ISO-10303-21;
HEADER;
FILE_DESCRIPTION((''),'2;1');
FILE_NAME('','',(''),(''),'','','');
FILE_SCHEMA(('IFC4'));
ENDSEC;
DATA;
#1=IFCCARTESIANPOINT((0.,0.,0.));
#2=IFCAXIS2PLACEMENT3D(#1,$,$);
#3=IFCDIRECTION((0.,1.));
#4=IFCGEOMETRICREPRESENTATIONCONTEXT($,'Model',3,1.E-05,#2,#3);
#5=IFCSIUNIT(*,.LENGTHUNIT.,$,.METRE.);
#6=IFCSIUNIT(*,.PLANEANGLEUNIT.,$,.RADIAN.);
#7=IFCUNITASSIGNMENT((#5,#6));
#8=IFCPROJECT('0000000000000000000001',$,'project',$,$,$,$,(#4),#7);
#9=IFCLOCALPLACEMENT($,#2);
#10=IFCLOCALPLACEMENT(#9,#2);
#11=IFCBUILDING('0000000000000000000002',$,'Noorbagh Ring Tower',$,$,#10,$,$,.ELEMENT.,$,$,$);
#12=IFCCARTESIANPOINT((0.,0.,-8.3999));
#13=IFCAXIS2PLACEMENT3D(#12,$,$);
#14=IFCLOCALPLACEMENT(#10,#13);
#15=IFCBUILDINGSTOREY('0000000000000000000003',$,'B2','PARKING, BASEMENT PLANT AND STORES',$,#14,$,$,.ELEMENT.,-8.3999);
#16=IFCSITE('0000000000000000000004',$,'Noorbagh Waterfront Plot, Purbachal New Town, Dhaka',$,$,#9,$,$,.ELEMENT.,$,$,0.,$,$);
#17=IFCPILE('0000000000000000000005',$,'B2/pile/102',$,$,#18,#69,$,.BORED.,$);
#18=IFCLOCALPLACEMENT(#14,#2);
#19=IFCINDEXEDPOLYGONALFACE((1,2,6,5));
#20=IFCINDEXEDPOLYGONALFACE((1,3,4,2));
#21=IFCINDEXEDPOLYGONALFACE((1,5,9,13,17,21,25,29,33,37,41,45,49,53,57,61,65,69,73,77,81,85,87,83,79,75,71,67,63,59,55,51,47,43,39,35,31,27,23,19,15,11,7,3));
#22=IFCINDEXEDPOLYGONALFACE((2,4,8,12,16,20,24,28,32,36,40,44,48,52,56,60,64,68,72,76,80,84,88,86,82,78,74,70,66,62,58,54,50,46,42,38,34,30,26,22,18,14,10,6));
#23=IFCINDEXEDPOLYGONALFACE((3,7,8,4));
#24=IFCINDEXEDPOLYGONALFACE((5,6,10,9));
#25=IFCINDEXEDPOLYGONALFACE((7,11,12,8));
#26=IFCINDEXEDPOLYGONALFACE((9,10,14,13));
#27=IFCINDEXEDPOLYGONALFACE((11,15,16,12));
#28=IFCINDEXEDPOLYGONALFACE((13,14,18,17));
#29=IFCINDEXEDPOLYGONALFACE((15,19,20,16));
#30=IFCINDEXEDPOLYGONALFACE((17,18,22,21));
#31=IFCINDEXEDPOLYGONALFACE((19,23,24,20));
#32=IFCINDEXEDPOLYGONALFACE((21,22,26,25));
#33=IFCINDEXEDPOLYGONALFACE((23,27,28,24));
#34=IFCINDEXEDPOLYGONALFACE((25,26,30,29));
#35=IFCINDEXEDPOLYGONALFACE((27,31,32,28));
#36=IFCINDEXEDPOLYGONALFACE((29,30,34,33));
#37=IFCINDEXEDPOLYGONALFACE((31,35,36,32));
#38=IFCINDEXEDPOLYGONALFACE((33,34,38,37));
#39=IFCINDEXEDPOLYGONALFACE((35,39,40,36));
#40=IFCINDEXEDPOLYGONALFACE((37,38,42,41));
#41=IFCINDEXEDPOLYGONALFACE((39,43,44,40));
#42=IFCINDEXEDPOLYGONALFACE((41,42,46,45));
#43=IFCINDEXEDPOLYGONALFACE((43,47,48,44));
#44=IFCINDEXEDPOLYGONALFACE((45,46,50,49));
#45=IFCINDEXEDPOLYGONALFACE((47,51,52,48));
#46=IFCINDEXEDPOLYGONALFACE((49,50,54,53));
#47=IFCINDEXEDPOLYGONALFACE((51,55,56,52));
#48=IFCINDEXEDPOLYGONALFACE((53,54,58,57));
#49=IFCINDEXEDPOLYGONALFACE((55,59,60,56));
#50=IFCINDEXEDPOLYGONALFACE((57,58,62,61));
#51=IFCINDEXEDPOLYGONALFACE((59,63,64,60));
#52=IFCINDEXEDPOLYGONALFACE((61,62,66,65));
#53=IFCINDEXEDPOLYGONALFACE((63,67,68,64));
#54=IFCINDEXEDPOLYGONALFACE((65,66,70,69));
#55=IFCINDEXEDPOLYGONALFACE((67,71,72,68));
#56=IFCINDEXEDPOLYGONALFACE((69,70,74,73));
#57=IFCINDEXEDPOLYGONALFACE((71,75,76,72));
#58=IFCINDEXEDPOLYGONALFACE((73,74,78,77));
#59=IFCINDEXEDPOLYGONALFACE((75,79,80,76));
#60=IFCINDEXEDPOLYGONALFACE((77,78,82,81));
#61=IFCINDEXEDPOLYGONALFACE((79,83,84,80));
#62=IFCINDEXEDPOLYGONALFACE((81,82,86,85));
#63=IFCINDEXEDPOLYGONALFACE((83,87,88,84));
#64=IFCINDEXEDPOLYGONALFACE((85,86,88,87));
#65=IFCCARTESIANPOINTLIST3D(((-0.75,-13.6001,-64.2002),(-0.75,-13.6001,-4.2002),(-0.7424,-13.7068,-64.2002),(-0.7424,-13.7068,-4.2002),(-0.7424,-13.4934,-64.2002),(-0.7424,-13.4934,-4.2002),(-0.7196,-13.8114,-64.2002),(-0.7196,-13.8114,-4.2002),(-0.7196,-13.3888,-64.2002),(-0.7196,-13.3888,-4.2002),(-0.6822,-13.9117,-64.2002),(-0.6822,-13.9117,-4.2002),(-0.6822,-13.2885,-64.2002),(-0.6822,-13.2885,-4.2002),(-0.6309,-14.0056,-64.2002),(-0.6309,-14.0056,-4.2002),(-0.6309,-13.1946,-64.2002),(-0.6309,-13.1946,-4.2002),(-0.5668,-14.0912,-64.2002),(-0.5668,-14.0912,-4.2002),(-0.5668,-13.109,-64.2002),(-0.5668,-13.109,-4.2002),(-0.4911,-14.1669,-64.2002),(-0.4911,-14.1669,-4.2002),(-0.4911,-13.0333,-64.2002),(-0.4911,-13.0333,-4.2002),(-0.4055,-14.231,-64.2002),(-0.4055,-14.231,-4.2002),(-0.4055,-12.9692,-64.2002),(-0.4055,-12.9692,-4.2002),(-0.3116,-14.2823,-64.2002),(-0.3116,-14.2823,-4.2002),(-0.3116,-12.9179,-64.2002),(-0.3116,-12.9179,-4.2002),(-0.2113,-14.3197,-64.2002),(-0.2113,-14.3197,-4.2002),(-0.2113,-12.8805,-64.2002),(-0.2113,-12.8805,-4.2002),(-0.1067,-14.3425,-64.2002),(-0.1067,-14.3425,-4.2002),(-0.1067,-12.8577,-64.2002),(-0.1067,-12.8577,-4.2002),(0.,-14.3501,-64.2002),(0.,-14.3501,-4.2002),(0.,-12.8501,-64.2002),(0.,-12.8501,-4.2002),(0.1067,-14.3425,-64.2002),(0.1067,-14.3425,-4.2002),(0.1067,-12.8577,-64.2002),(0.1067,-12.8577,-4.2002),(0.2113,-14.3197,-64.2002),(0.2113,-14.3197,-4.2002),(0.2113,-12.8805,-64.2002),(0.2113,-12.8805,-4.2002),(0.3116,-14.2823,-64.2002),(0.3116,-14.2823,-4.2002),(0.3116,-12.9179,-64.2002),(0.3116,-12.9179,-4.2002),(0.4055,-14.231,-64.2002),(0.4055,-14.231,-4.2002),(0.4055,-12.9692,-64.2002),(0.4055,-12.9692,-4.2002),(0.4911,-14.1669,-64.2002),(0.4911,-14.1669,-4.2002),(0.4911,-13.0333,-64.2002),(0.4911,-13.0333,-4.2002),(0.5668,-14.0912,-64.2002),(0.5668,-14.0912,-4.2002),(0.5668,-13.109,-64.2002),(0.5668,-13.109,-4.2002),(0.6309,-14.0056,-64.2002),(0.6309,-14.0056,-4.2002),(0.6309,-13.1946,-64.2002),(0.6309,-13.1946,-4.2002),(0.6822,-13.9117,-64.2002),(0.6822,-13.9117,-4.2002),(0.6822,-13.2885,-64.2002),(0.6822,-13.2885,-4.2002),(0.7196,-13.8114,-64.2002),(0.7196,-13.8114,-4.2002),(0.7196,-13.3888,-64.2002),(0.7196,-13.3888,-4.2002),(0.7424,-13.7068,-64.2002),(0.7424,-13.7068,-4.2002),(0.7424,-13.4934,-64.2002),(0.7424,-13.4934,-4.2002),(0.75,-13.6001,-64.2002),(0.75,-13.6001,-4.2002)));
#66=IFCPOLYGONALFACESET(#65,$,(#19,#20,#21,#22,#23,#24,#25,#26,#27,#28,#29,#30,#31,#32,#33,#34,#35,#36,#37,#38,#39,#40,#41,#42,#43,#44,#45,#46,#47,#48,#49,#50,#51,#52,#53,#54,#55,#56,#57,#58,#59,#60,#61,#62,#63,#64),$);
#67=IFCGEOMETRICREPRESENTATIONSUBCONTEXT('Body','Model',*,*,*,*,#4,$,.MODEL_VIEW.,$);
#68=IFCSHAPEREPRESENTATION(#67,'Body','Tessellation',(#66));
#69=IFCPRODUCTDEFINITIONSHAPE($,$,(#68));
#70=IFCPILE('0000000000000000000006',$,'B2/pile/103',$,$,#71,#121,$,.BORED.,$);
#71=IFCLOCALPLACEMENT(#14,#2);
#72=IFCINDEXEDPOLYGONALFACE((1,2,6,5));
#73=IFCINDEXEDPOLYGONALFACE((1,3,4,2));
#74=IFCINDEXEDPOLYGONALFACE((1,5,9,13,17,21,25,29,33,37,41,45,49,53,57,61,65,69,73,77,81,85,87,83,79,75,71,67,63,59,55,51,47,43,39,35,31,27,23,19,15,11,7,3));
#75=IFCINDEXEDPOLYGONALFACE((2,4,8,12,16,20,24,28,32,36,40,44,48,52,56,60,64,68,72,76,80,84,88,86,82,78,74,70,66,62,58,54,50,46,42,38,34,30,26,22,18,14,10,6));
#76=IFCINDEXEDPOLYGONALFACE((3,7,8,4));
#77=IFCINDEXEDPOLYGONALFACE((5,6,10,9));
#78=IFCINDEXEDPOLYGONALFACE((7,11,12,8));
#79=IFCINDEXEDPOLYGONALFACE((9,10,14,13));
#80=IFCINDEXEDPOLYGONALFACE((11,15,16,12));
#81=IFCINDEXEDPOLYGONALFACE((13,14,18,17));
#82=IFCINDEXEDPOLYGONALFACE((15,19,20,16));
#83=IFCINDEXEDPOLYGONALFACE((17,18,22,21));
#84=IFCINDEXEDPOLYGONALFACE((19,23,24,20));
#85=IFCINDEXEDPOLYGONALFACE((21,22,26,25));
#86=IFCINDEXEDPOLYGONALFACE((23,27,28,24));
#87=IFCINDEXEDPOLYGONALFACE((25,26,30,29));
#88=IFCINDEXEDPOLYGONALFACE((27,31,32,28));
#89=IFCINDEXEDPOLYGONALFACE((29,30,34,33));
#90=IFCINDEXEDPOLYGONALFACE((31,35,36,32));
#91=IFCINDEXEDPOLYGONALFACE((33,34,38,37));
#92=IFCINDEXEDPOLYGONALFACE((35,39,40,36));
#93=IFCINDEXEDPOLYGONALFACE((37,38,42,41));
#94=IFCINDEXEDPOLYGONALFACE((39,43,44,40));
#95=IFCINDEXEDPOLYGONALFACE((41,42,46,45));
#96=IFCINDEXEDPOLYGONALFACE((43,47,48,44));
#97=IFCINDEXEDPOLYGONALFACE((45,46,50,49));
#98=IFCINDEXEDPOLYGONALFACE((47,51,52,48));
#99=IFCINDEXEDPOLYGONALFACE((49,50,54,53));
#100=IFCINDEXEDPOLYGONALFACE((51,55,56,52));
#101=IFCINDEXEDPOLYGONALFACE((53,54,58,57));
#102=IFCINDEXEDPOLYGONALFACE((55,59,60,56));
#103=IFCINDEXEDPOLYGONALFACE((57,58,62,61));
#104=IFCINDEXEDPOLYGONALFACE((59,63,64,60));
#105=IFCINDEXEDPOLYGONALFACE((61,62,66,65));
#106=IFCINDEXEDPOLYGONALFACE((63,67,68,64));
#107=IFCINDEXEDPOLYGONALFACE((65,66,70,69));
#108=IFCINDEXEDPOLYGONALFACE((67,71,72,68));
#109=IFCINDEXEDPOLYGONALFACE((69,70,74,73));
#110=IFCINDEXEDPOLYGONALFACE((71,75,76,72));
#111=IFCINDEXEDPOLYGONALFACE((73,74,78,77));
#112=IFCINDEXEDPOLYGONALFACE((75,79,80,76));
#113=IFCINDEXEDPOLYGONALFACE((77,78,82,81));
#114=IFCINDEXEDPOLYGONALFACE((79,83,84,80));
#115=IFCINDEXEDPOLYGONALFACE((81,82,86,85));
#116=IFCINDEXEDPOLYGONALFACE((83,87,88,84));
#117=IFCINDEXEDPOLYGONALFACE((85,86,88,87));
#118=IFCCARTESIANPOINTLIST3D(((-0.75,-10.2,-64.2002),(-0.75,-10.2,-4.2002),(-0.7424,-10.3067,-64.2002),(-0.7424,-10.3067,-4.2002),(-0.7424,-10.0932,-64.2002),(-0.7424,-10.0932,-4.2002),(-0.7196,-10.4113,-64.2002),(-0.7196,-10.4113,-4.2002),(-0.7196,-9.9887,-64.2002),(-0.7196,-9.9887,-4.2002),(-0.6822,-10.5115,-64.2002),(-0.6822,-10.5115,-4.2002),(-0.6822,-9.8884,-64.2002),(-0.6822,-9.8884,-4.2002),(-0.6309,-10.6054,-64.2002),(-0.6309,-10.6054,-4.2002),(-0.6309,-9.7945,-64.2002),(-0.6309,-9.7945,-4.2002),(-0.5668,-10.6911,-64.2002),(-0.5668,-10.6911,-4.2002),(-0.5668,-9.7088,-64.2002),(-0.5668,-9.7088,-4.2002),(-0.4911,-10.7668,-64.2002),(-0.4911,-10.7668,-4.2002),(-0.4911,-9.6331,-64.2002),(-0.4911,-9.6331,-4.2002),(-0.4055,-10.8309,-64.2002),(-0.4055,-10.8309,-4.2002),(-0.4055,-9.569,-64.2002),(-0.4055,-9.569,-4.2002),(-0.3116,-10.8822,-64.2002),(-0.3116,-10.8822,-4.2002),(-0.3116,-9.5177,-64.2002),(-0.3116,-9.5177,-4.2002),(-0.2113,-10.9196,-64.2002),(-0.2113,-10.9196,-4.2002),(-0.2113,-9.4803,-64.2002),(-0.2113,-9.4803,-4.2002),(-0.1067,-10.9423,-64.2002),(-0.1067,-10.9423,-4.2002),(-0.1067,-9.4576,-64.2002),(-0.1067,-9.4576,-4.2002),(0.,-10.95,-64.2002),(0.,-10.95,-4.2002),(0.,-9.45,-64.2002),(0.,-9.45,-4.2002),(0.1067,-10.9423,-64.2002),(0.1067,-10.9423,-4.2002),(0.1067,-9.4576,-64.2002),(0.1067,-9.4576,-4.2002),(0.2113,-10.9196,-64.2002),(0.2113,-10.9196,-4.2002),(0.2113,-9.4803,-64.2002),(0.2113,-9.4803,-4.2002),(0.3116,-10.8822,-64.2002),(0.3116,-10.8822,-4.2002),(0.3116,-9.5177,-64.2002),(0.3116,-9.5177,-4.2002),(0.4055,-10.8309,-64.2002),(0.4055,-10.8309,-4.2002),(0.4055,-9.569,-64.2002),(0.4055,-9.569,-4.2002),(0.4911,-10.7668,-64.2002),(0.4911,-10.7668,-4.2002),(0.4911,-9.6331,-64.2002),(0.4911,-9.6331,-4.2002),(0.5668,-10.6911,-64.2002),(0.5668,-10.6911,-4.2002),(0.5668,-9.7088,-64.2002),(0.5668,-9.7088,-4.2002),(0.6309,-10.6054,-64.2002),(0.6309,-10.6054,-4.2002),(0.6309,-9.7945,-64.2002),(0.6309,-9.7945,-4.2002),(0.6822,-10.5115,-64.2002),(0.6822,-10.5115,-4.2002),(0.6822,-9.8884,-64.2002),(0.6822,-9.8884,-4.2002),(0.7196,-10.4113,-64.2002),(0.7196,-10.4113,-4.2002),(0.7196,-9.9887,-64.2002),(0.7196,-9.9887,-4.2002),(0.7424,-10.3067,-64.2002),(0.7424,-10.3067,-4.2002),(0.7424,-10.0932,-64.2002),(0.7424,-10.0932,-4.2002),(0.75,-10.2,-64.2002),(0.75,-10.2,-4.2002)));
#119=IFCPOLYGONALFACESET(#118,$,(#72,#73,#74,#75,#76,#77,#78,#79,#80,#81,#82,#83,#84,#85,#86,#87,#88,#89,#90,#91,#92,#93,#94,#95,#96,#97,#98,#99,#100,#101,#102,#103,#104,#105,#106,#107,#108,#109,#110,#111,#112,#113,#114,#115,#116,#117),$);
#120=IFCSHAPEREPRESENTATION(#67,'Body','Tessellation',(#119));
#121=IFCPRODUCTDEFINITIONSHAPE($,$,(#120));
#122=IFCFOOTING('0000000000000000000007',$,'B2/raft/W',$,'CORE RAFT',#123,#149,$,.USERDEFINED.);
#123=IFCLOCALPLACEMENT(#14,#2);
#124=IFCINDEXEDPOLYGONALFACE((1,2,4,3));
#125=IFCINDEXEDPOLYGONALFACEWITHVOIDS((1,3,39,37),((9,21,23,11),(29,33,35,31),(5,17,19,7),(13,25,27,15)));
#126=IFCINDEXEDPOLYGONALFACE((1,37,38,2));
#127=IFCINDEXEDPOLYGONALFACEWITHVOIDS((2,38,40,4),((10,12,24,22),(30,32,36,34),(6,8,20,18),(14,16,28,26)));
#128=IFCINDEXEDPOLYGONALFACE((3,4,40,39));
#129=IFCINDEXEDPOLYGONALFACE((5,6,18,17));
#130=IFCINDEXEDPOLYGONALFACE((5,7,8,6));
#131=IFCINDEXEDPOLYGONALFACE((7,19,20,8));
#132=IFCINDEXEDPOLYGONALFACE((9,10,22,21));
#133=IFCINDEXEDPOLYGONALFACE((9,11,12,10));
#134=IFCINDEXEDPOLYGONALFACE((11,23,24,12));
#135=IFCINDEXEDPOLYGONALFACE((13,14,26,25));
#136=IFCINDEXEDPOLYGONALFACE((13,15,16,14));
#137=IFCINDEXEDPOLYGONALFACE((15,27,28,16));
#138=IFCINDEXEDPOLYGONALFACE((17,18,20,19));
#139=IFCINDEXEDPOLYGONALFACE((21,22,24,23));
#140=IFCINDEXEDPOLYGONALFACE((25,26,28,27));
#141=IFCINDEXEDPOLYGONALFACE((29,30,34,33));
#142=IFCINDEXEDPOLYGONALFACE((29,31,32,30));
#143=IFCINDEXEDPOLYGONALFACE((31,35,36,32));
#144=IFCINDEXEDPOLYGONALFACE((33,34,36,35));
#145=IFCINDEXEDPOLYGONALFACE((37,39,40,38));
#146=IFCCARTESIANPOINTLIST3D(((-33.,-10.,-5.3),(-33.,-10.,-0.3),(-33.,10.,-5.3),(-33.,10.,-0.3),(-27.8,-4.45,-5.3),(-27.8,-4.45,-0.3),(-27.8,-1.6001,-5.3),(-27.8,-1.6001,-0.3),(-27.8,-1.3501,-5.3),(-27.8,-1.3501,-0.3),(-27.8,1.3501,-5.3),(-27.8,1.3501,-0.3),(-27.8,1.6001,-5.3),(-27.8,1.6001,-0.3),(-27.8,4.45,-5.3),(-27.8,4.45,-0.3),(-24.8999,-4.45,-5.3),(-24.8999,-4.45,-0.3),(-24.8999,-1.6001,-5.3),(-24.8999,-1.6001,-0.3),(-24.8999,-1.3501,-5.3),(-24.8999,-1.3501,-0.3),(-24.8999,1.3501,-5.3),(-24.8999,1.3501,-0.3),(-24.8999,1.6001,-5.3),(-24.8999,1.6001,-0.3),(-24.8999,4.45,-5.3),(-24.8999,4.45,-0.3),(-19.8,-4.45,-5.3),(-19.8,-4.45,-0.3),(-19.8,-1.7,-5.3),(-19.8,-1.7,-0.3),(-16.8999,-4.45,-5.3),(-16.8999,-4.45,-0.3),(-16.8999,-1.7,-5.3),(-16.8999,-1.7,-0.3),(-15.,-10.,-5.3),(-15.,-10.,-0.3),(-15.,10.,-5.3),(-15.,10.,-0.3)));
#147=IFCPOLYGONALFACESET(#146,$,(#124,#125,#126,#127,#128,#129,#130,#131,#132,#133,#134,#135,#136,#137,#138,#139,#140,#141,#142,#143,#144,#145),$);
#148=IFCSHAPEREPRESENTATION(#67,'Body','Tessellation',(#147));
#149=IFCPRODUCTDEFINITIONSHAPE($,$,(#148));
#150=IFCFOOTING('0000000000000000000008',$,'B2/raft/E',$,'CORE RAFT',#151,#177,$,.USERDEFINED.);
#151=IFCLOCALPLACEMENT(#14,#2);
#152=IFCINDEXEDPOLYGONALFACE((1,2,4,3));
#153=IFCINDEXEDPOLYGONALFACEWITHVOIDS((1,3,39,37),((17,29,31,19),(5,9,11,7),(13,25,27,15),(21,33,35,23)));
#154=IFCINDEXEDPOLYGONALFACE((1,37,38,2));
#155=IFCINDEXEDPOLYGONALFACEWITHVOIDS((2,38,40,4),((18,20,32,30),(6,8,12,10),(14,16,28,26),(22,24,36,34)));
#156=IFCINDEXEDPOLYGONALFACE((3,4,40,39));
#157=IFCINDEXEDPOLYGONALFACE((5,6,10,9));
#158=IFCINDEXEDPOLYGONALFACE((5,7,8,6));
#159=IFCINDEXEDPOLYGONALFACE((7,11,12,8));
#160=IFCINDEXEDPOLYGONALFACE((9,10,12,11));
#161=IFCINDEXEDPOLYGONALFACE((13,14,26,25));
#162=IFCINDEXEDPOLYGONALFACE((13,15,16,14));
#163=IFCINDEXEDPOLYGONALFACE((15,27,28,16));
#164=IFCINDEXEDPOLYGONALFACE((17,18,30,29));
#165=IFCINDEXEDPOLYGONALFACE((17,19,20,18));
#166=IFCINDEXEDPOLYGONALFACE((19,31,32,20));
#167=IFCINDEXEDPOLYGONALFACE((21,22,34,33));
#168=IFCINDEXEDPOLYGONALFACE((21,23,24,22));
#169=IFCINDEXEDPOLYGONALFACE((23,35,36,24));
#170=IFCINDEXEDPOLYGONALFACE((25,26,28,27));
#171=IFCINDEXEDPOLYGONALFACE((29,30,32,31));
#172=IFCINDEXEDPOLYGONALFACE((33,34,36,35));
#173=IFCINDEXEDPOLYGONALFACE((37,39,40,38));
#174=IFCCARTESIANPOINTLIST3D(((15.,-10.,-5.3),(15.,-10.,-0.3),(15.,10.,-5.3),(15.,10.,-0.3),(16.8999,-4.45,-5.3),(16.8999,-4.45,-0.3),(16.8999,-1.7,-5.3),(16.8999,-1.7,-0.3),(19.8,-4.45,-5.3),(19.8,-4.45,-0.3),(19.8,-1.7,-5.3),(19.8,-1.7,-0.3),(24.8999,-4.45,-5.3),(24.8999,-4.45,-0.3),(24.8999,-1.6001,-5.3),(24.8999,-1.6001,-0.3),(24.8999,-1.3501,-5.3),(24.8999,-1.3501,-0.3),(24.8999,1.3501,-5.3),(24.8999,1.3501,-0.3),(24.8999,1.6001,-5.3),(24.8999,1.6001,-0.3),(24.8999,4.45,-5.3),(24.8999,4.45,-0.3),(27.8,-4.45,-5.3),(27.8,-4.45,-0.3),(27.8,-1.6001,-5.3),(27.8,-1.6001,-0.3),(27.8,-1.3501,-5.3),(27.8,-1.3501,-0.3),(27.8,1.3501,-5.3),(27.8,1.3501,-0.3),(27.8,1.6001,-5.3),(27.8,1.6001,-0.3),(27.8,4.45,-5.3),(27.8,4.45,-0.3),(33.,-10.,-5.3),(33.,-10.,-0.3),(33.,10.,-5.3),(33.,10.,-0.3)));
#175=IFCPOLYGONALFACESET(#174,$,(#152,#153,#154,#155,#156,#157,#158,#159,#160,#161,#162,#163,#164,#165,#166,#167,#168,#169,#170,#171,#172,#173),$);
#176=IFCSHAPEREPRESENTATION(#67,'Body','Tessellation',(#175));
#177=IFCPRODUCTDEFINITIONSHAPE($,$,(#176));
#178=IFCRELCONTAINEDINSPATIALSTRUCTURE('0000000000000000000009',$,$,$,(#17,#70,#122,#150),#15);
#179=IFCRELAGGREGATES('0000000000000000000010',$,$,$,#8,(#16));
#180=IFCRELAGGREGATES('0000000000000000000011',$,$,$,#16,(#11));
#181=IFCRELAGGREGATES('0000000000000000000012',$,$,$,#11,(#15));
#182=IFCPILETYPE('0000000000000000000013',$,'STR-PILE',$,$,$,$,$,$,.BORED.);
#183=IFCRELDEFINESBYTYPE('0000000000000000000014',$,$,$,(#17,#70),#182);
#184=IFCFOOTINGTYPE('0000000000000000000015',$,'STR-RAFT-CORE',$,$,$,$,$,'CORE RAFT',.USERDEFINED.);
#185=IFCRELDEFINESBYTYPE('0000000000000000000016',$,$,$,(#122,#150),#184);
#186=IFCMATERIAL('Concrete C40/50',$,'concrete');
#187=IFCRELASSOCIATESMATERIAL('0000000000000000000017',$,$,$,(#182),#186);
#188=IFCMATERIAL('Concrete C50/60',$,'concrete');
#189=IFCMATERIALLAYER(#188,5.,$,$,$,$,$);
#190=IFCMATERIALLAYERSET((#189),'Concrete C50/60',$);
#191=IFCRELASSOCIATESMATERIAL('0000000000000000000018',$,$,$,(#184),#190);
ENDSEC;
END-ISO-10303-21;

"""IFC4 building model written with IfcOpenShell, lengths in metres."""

from ifc_helpers import new_model, si_unit, direction, frame, origin, origin_2d, place, context, subcontext, project, spatial, polyline, circle, outline, extrude, material, layer, layer_set, material_profile, profile_set, type_object, element, save


model = new_model("IFC4")

# Units and contexts
model_context = context("Model", 3, precision=1e-05, world=origin(), true_north=direction((0.0, 1.0)))
body_context = subcontext(model_context, "Body", "Model", "MODEL_VIEW")
ifc_project = project(units=[si_unit("LENGTHUNIT", "METRE"), si_unit("PLANEANGLEUNIT", "RADIAN")], contexts=[model_context])

# Site, building, storey
site_placement = place(None, origin())
site = spatial("IfcSite", under=ifc_project, at=site_placement, Name="Noorbagh Waterfront Plot, Purbachal New Town, Dhaka", CompositionType="ELEMENT", RefElevation=0.0)
building_placement = place(site_placement, origin())
building = spatial("IfcBuilding", under=site, at=building_placement, Name="Noorbagh Ring Tower", CompositionType="ELEMENT")
storey_placement = place(building_placement, frame((0.0, 0.0, -8.3999)))
storey = spatial("IfcBuildingStorey", under=building, at=storey_placement, Name="B2", Description="PARKING, BASEMENT PLANT AND STORES", CompositionType="ELEMENT", Elevation=-8.3999)

# Piles
ifc_material_1 = material(Name="Concrete C40/50", Category="concrete")
ifc_material_profile_1 = material_profile(ifc_material_1, circle(Radius=0.75, at=origin_2d()), Name="PILE1500")
ifc_profile_set_1 = profile_set([ifc_material_profile_1], Name="Concrete C40/50")
pile_type = type_object("IfcPileType", Name="STR-PILE", PredefinedType="BORED", material=ifc_profile_set_1)
for number, where, z_axis, x_axis, name in (
    (1, (0.0, -13.6001, -4.2002), (0.0, 0.0, -1.0), (1.0, 0.0, 0.0), "B2/pile/102"),
    (2, (0.0, -10.2, -4.2002), (0.0, 0.0, -1.0), (1.0, 0.0, 0.0), "B2/pile/103"),
):
    element("IfcPile", number, at=place(storey_placement, frame(where, z_axis=z_axis, x_axis=x_axis)), inside=storey, type_object=pile_type, Name=name, PredefinedType="BORED", context=body_context, shape_type="SweptSolid", body=[
        extrude(circle(Radius=0.75, at=origin_2d()), origin(), (0.0, 0.0, 1.0), 60.0),
    ])

# Footings
ifc_material_2 = material(Name="Concrete C50/60", Category="concrete")
ifc_layer_1 = layer(ifc_material_2, 5.0)
ifc_layer_set_1 = layer_set([ifc_layer_1], Name="Concrete C50/60")
footing_type_1 = type_object("IfcFootingType", Name="STR-RAFT-CORE", ElementType="CORE RAFT", PredefinedType="USERDEFINED", material=ifc_layer_set_1)
footing_1_placement = place(storey_placement, frame((0.0, 0.0, -5.3)))
element("IfcFooting", 3, at=footing_1_placement, inside=storey, type_object=footing_type_1, Name="B2/raft/W", ObjectType="CORE RAFT", PredefinedType="USERDEFINED", context=body_context, shape_type="SweptSolid", body=[
    extrude(outline(polyline([(-15.0, -10.0), (-15.0, 10.0), (-33.0, 10.0), (-33.0, -10.0), (-15.0, -10.0)]), holes=[polyline([(-19.8, -1.7), (-16.8999, -1.7), (-16.8999, -4.45), (-19.8, -4.45), (-19.8, -1.7)]), polyline([(-27.8, -1.6001), (-24.8999, -1.6001), (-24.8999, -4.45), (-27.8, -4.45), (-27.8, -1.6001)]), polyline([(-27.8, 1.3501), (-24.8999, 1.3501), (-24.8999, -1.3501), (-27.8, -1.3501), (-27.8, 1.3501)]), polyline([(-27.8, 4.45), (-24.8999, 4.45), (-24.8999, 1.6001), (-27.8, 1.6001), (-27.8, 4.45)])]), origin(), (0.0, 0.0, 1.0), 5.0),
])
footing_2_placement = place(storey_placement, frame((0.0, 0.0, -5.3)))
element("IfcFooting", 4, at=footing_2_placement, inside=storey, type_object=footing_type_1, Name="B2/raft/E", ObjectType="CORE RAFT", PredefinedType="USERDEFINED", context=body_context, shape_type="SweptSolid", body=[
    extrude(outline(polyline([(33.0, -10.0), (33.0, 10.0), (15.0, 10.0), (15.0, -10.0), (33.0, -10.0)]), holes=[polyline([(19.8, -4.45), (16.8999, -4.45), (16.8999, -1.7), (19.8, -1.7), (19.8, -4.45)]), polyline([(27.8, -4.45), (24.8999, -4.45), (24.8999, -1.6001), (27.8, -1.6001), (27.8, -4.45)]), polyline([(27.8, -1.3501), (24.8999, -1.3501), (24.8999, 1.3501), (27.8, 1.3501), (27.8, -1.3501)]), polyline([(27.8, 1.6001), (24.8999, 1.6001), (24.8999, 4.45), (27.8, 4.45), (27.8, 1.6001)])]), origin(), (0.0, 0.0, 1.0), 5.0),
])

save(model, "model.ifc")
